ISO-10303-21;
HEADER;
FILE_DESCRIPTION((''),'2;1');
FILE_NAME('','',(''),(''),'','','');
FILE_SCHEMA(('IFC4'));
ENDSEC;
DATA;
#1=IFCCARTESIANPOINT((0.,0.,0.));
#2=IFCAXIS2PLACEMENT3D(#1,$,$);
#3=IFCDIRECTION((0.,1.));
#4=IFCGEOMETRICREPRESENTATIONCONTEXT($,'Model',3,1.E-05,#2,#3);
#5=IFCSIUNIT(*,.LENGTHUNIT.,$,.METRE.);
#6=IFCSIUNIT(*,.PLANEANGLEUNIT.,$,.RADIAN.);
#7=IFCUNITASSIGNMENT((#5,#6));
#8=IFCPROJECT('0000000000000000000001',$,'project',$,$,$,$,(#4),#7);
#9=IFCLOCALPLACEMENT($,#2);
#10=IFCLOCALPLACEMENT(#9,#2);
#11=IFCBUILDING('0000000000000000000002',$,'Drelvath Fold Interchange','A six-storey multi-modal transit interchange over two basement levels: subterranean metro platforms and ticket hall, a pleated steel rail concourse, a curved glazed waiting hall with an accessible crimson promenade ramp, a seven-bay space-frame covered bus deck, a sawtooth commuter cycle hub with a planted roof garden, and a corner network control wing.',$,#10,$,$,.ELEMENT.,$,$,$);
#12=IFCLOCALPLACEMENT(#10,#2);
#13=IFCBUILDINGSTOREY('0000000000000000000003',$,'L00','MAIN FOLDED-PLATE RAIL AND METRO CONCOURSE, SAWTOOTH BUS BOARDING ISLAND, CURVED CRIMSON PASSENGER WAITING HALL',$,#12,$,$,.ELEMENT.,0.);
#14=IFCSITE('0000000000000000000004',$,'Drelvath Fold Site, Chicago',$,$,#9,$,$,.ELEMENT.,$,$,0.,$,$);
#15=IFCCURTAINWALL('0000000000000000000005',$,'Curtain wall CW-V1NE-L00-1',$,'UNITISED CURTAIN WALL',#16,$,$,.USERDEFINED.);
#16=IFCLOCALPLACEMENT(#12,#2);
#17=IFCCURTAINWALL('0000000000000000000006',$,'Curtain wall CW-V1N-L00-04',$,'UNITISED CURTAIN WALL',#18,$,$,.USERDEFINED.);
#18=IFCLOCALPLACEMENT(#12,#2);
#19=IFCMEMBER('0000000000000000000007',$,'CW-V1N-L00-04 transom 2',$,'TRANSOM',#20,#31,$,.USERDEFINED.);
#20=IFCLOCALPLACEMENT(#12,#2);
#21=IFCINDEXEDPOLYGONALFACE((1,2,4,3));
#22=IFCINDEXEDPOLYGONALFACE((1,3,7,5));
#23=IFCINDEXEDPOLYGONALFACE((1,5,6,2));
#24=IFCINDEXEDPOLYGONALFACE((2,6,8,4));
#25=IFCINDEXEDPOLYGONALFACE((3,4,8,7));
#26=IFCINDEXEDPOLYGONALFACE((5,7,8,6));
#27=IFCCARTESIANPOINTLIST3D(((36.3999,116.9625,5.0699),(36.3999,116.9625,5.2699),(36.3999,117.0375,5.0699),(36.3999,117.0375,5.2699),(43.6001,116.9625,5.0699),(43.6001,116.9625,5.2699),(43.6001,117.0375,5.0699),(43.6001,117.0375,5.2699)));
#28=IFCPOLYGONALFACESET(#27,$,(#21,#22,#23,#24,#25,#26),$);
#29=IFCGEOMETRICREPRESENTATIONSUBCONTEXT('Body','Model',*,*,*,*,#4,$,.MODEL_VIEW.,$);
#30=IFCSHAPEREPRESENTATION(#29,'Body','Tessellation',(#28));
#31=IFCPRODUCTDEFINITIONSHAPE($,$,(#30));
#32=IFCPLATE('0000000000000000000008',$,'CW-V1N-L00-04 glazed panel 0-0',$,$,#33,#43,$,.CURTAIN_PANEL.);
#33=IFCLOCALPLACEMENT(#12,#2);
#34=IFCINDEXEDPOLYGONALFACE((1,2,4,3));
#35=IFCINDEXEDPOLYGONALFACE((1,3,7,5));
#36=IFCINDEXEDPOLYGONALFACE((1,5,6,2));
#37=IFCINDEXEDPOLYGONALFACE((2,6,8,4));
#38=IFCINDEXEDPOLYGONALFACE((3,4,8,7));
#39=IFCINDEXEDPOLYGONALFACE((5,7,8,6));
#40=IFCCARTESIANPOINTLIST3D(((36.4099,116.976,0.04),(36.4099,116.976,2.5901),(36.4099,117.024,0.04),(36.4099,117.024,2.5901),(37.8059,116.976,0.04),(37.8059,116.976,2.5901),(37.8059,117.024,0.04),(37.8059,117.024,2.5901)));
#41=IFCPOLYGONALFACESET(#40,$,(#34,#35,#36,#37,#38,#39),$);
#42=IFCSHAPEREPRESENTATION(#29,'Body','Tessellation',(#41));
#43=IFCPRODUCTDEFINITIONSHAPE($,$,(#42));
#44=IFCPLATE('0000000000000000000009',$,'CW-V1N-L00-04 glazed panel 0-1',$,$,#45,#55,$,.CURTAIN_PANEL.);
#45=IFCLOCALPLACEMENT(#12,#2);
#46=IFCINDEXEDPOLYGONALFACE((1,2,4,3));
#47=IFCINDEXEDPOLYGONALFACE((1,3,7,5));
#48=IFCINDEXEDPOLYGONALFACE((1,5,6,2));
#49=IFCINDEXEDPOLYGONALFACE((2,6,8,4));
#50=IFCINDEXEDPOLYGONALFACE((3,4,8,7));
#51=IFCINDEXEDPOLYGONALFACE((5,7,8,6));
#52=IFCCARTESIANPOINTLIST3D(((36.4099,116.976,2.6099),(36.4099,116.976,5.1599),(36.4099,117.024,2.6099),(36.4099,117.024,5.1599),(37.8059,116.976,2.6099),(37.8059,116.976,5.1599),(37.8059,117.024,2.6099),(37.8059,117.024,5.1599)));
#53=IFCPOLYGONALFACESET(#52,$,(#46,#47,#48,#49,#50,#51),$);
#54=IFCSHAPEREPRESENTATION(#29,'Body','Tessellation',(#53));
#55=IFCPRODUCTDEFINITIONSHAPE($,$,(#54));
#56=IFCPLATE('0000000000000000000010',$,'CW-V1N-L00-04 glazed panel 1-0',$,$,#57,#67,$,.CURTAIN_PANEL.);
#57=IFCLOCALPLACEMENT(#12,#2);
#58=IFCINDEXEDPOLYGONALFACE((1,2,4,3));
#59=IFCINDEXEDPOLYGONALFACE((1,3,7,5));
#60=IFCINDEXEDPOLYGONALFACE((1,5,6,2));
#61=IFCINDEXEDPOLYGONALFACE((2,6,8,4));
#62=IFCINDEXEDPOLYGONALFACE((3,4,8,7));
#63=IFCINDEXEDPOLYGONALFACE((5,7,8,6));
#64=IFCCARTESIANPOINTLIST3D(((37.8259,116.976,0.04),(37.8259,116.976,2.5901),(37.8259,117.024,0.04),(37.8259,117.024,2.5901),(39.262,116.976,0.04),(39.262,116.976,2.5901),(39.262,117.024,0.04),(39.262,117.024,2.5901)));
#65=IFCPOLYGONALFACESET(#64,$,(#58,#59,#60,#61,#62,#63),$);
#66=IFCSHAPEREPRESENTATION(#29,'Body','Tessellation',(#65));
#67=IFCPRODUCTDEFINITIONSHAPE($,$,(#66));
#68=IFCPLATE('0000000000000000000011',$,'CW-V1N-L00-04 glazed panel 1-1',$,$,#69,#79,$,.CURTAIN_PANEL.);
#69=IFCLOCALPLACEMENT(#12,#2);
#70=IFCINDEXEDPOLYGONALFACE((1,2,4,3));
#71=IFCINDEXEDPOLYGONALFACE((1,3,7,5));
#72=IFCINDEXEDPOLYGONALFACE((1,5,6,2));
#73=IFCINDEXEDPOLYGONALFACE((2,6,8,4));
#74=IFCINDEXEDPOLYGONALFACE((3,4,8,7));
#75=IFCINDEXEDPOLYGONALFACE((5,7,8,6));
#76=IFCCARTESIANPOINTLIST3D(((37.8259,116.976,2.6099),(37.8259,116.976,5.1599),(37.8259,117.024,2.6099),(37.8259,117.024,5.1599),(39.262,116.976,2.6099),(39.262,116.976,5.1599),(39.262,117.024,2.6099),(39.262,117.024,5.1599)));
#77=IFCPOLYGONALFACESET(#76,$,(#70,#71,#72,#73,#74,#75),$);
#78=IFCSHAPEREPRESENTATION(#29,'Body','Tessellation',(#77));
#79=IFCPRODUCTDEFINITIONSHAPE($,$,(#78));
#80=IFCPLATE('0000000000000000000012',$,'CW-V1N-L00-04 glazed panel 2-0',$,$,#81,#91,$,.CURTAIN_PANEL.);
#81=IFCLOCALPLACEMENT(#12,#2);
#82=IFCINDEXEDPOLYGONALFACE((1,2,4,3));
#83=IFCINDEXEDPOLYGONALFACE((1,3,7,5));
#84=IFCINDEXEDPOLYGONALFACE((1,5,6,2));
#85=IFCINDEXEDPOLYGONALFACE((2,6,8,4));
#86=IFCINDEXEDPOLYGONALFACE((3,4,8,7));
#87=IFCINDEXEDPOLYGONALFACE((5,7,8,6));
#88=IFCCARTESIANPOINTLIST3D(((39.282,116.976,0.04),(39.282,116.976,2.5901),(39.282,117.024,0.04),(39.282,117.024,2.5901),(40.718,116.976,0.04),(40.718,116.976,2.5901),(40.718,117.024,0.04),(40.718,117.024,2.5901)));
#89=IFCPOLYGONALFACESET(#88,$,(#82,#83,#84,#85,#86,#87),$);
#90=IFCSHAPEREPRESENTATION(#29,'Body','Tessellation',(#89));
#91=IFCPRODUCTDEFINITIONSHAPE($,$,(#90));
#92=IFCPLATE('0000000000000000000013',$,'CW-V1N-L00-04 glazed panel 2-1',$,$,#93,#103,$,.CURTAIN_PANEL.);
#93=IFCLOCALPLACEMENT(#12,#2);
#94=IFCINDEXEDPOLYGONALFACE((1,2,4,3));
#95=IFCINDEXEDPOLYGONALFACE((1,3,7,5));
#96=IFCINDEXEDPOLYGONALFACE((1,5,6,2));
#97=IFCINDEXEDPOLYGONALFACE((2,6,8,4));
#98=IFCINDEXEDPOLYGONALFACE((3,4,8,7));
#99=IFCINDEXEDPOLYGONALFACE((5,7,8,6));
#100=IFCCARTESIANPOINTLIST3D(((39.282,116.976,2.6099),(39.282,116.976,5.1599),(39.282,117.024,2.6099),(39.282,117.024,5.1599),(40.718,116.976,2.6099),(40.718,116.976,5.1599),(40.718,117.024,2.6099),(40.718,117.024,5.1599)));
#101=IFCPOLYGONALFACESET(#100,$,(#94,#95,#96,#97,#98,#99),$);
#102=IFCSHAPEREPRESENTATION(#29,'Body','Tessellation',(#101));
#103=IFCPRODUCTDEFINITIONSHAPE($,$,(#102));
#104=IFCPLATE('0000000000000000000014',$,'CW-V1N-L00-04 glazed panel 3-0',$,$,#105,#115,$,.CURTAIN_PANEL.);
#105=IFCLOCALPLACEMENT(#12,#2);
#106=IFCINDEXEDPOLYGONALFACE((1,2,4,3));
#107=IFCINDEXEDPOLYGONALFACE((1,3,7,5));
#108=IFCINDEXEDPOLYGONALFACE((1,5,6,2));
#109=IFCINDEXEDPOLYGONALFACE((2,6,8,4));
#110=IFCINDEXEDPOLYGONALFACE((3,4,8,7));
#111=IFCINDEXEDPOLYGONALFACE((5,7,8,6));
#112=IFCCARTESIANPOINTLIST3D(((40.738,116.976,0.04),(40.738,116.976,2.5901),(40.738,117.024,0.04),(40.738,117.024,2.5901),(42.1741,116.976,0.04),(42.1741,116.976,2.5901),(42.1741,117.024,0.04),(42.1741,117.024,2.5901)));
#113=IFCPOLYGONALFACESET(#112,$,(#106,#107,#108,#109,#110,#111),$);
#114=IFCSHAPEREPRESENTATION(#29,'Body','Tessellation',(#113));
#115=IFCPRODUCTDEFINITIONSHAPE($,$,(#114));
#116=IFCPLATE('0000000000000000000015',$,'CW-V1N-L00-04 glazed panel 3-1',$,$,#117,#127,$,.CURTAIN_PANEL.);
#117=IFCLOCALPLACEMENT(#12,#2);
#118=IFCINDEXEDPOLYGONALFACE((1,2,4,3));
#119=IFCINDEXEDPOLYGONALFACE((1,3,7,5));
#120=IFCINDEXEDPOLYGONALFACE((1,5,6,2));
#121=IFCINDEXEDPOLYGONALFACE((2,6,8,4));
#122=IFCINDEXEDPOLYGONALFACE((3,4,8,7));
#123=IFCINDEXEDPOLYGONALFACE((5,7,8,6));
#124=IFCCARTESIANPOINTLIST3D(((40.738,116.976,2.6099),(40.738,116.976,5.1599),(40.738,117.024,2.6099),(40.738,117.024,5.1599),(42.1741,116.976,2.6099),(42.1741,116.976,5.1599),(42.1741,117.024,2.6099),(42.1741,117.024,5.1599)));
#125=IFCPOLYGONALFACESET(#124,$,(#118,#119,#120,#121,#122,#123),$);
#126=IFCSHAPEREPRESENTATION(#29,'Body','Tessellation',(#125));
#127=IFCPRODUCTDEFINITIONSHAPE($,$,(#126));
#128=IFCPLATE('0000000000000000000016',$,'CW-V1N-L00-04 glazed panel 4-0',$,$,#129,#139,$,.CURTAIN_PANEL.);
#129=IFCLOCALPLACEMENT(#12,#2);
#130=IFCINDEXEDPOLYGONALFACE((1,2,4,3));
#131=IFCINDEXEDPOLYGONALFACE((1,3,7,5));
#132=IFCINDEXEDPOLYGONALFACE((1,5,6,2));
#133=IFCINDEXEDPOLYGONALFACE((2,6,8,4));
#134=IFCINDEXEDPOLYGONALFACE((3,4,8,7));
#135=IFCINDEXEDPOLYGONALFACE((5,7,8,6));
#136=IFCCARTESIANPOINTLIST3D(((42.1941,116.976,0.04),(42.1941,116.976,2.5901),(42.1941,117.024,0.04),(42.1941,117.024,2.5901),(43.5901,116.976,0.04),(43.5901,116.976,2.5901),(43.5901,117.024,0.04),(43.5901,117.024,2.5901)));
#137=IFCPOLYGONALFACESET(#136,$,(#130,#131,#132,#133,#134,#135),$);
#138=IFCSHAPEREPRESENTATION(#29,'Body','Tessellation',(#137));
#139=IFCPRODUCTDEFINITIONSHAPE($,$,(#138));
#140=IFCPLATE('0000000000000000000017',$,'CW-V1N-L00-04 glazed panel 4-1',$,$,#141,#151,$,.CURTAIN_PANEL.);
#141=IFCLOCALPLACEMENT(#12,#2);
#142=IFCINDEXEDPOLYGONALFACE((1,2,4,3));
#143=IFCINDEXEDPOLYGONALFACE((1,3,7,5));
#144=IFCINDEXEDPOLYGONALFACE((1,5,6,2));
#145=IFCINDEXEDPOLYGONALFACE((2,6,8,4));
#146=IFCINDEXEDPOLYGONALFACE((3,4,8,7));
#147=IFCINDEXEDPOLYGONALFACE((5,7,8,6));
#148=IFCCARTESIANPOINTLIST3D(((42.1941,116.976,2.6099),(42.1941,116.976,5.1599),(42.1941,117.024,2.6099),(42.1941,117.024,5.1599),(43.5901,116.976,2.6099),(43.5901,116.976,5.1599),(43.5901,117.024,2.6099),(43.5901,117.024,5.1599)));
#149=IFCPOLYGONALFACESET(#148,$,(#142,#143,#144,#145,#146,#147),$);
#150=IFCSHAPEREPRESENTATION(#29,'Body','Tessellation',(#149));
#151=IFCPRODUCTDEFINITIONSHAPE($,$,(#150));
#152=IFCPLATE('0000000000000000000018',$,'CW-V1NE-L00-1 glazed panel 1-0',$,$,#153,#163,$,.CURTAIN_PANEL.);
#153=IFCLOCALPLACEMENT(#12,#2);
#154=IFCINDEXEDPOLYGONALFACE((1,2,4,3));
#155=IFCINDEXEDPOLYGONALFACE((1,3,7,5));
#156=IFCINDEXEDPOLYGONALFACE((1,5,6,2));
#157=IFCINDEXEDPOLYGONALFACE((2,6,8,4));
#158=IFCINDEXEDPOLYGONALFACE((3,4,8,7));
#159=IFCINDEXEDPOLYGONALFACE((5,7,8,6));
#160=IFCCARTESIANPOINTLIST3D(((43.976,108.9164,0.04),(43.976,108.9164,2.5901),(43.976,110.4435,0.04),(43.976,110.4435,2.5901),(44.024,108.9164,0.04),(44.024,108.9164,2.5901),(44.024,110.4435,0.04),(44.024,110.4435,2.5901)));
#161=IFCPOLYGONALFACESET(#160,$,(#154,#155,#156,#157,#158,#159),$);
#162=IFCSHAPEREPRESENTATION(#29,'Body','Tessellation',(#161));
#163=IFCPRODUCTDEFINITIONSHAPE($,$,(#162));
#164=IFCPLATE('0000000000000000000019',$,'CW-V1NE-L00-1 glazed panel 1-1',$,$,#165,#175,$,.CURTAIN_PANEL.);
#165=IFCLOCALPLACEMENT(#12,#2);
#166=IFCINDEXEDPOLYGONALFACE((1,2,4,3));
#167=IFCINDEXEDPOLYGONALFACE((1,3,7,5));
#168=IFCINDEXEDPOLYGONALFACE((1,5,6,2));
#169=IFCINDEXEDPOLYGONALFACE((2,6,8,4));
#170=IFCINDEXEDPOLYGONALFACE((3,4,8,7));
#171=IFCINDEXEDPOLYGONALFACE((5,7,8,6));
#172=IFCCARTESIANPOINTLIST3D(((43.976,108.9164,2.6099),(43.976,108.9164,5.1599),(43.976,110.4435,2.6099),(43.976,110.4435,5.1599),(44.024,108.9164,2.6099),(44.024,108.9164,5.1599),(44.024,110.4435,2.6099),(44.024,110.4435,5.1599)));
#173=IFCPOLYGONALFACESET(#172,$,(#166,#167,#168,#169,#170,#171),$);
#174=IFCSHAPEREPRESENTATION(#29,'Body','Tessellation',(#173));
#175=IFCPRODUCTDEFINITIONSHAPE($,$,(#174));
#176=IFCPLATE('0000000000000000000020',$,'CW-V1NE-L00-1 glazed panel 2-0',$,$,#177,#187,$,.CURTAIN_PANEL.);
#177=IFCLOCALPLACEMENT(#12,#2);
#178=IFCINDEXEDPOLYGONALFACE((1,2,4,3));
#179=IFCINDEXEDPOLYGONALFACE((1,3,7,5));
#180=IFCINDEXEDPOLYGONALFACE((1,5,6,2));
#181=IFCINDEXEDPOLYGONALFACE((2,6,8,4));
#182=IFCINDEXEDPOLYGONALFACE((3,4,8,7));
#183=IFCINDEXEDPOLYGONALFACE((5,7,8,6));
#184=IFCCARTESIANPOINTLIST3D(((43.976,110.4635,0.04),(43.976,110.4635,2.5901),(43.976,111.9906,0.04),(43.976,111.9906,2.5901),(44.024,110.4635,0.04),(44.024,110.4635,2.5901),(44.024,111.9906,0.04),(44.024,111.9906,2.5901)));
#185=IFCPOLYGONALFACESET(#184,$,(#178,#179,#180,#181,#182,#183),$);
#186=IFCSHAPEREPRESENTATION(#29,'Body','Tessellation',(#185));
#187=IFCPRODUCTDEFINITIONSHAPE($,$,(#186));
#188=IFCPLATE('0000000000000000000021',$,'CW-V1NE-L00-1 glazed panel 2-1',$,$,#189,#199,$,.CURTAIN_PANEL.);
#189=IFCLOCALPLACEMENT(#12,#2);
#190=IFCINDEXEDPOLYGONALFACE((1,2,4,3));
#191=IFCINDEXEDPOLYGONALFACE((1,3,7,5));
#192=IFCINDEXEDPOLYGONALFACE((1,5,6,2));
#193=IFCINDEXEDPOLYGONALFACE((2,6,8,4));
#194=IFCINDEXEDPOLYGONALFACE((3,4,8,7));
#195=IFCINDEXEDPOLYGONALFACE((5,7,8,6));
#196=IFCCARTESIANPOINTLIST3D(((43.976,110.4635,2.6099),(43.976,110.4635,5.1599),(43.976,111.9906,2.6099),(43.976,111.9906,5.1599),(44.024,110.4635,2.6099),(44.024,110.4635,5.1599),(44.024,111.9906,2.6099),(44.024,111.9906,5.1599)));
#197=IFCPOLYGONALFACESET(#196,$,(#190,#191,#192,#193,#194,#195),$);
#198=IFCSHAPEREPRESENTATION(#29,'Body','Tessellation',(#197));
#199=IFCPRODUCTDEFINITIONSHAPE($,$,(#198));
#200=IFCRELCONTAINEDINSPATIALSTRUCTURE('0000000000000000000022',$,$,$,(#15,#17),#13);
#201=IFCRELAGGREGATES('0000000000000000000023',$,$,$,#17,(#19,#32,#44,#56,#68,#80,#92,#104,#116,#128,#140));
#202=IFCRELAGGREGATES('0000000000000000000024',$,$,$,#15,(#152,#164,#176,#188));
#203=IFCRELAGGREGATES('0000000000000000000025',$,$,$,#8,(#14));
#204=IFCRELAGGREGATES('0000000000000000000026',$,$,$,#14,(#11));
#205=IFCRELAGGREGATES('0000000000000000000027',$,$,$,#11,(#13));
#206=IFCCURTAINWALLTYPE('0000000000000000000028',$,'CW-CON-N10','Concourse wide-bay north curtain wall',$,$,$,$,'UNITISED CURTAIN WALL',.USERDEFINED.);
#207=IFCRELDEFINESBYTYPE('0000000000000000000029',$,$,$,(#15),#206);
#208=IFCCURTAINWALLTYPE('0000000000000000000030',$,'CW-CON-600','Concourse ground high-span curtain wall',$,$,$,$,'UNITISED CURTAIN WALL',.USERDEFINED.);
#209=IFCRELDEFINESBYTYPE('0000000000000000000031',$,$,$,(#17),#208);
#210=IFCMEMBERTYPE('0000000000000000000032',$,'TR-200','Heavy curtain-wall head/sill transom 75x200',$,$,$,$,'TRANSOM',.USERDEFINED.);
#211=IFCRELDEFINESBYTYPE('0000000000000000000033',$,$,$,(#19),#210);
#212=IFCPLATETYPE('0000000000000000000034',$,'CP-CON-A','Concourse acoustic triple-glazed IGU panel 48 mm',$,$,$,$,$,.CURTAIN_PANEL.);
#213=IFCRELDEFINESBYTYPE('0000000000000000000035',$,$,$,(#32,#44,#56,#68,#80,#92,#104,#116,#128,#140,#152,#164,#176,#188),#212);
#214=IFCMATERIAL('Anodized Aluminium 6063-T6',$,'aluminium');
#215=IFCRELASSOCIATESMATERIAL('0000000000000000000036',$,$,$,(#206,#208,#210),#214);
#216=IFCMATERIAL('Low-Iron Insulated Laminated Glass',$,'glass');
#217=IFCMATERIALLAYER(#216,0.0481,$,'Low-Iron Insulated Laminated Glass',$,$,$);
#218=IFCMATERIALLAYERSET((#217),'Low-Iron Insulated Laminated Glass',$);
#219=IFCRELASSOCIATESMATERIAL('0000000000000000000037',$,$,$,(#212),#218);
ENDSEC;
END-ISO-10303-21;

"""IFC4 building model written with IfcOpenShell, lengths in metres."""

from ifc_helpers import new_model, si_unit, direction, frame, origin, origin_2d, place, context, subcontext, project, spatial, rectangle, extrude, material, layer, layer_set, material_profile, profile_set, type_object, element, aggregate, save


model = new_model("IFC4")

# Units and contexts
model_context = context("Model", 3, precision=1e-05, world=origin(), true_north=direction((0.0, 1.0)))
body_context = subcontext(model_context, "Body", "Model", "MODEL_VIEW")
ifc_project = project(units=[si_unit("LENGTHUNIT", "METRE"), si_unit("PLANEANGLEUNIT", "RADIAN")], contexts=[model_context])

# Site, building, storey
site_placement = place(None, origin())
site = spatial("IfcSite", under=ifc_project, at=site_placement, Name="Drelvath Fold Site, Chicago", CompositionType="ELEMENT", RefElevation=0.0)
building_placement = place(site_placement, origin())
building = spatial("IfcBuilding", under=site, at=building_placement, Name="Drelvath Fold Interchange", Description="A six-storey multi-modal transit interchange over two basement levels: subterranean metro platforms and ticket hall, a pleated steel rail concourse, a curved glazed waiting hall with an accessible crimson promenade ramp, a seven-bay space-frame covered bus deck, a sawtooth commuter cycle hub with a planted roof garden, and a corner network control wing.", CompositionType="ELEMENT")
storey_placement = place(building_placement, origin())
storey = spatial("IfcBuildingStorey", under=building, at=storey_placement, Name="L00", Description="MAIN FOLDED-PLATE RAIL AND METRO CONCOURSE, SAWTOOTH BUS BOARDING ISLAND, CURVED CRIMSON PASSENGER WAITING HALL", CompositionType="ELEMENT", Elevation=0.0)

# Curtain wall
ifc_material_1 = material(Name="Anodized Aluminium 6063-T6", Category="aluminium")
curtain_wall_type_1 = type_object("IfcCurtainWallType", Name="CW-CON-N10", Description="Concourse wide-bay north curtain wall", ElementType="UNITISED CURTAIN WALL", PredefinedType="USERDEFINED", material=ifc_material_1)
curtain_wall_1_placement = place(storey_placement, origin())
curtain_wall_1 = element("IfcCurtainWall", 1, at=curtain_wall_1_placement, inside=storey, type_object=curtain_wall_type_1, Name="Curtain wall CW-V1NE-L00-1", ObjectType="UNITISED CURTAIN WALL", PredefinedType="USERDEFINED")

# Curtain wall, member, plates
curtain_wall_type_2 = type_object("IfcCurtainWallType", Name="CW-CON-600", Description="Concourse ground high-span curtain wall", ElementType="UNITISED CURTAIN WALL", PredefinedType="USERDEFINED", material=ifc_material_1)
curtain_wall_2_placement = place(storey_placement, origin())
curtain_wall_2 = element("IfcCurtainWall", 2, at=curtain_wall_2_placement, inside=storey, type_object=curtain_wall_type_2, Name="Curtain wall CW-V1N-L00-04", ObjectType="UNITISED CURTAIN WALL", PredefinedType="USERDEFINED")
ifc_material_profile_1 = material_profile(ifc_material_1, rectangle(XDim=0.075, YDim=0.2, at=origin_2d()), Name="AL-T 75x200")
ifc_profile_set_1 = profile_set([ifc_material_profile_1], Name="Anodized Aluminium 6063-T6")
member_type_1 = type_object("IfcMemberType", Name="TR-200", Description="Heavy curtain-wall head/sill transom 75x200", ElementType="TRANSOM", PredefinedType="USERDEFINED", material=ifc_profile_set_1)
member_1_placement = place(storey_placement, frame((36.3999, 117.0, 5.1699), z_axis=(1.0, 0.0, 0.0), x_axis=(0.0, 1.0, 0.0)))
member_1 = element("IfcMember", 3, at=member_1_placement, type_object=member_type_1, Name="CW-V1N-L00-04 transom 2", ObjectType="TRANSOM", PredefinedType="USERDEFINED", context=body_context, shape_type="SweptSolid", body=[
    extrude(rectangle(XDim=0.075, YDim=0.2, at=origin_2d()), origin(), (0.0, 0.0, 1.0), 7.2002),
])
ifc_material_2 = material(Name="Low-Iron Insulated Laminated Glass", Category="glass")
ifc_layer = layer(ifc_material_2, 0.0481, Name="Low-Iron Insulated Laminated Glass")
ifc_layer_set = layer_set([ifc_layer], Name="Low-Iron Insulated Laminated Glass")
plate_type = type_object("IfcPlateType", Name="CP-CON-A", Description="Concourse acoustic triple-glazed IGU panel 48 mm", PredefinedType="CURTAIN_PANEL", material=ifc_layer_set)
plate_1_placement = place(storey_placement, frame((37.1079, 117.0, 0.04), z_axis=(0.0, 0.0, 1.0), x_axis=(1.0, 0.0, 0.0)))
plate_1 = element("IfcPlate", 4, at=plate_1_placement, type_object=plate_type, Name="CW-V1N-L00-04 glazed panel 0-0", PredefinedType="CURTAIN_PANEL", context=body_context, shape_type="SweptSolid", body=[
    extrude(rectangle(XDim=1.396, YDim=0.0481, at=origin_2d()), origin(), (0.0, 0.0, 1.0), 2.55),
])
plate_2_placement = place(storey_placement, frame((37.1079, 117.0, 2.6099), z_axis=(0.0, 0.0, 1.0), x_axis=(1.0, 0.0, 0.0)))
plate_2 = element("IfcPlate", 5, at=plate_2_placement, type_object=plate_type, Name="CW-V1N-L00-04 glazed panel 0-1", PredefinedType="CURTAIN_PANEL", context=body_context, shape_type="SweptSolid", body=[
    extrude(rectangle(XDim=1.396, YDim=0.0481, at=origin_2d()), origin(), (0.0, 0.0, 1.0), 2.55),
])
plate_3_placement = place(storey_placement, frame((38.5439, 117.0, 0.04), z_axis=(0.0, 0.0, 1.0), x_axis=(1.0, 0.0, 0.0)))
plate_3 = element("IfcPlate", 6, at=plate_3_placement, type_object=plate_type, Name="CW-V1N-L00-04 glazed panel 1-0", PredefinedType="CURTAIN_PANEL", context=body_context, shape_type="SweptSolid", body=[
    extrude(rectangle(XDim=1.436, YDim=0.0481, at=origin_2d()), origin(), (0.0, 0.0, 1.0), 2.55),
])
plate_4_placement = place(storey_placement, frame((38.5439, 117.0, 2.6099), z_axis=(0.0, 0.0, 1.0), x_axis=(1.0, 0.0, 0.0)))
plate_4 = element("IfcPlate", 7, at=plate_4_placement, type_object=plate_type, Name="CW-V1N-L00-04 glazed panel 1-1", PredefinedType="CURTAIN_PANEL", context=body_context, shape_type="SweptSolid", body=[
    extrude(rectangle(XDim=1.436, YDim=0.0481, at=origin_2d()), origin(), (0.0, 0.0, 1.0), 2.55),
])
plate_5_placement = place(storey_placement, frame((40.0, 117.0, 0.04), z_axis=(0.0, 0.0, 1.0), x_axis=(1.0, 0.0, 0.0)))
plate_5 = element("IfcPlate", 8, at=plate_5_placement, type_object=plate_type, Name="CW-V1N-L00-04 glazed panel 2-0", PredefinedType="CURTAIN_PANEL", context=body_context, shape_type="SweptSolid", body=[
    extrude(rectangle(XDim=1.436, YDim=0.0481, at=origin_2d()), origin(), (0.0, 0.0, 1.0), 2.55),
])
plate_6_placement = place(storey_placement, frame((40.0, 117.0, 2.6099), z_axis=(0.0, 0.0, 1.0), x_axis=(1.0, 0.0, 0.0)))
plate_6 = element("IfcPlate", 9, at=plate_6_placement, type_object=plate_type, Name="CW-V1N-L00-04 glazed panel 2-1", PredefinedType="CURTAIN_PANEL", context=body_context, shape_type="SweptSolid", body=[
    extrude(rectangle(XDim=1.436, YDim=0.0481, at=origin_2d()), origin(), (0.0, 0.0, 1.0), 2.55),
])
plate_7_placement = place(storey_placement, frame((41.4561, 117.0, 0.04), z_axis=(0.0, 0.0, 1.0), x_axis=(1.0, 0.0, 0.0)))
plate_7 = element("IfcPlate", 10, at=plate_7_placement, type_object=plate_type, Name="CW-V1N-L00-04 glazed panel 3-0", PredefinedType="CURTAIN_PANEL", context=body_context, shape_type="SweptSolid", body=[
    extrude(rectangle(XDim=1.436, YDim=0.0481, at=origin_2d()), origin(), (0.0, 0.0, 1.0), 2.55),
])
plate_8_placement = place(storey_placement, frame((41.4561, 117.0, 2.6099), z_axis=(0.0, 0.0, 1.0), x_axis=(1.0, 0.0, 0.0)))
plate_8 = element("IfcPlate", 11, at=plate_8_placement, type_object=plate_type, Name="CW-V1N-L00-04 glazed panel 3-1", PredefinedType="CURTAIN_PANEL", context=body_context, shape_type="SweptSolid", body=[
    extrude(rectangle(XDim=1.436, YDim=0.0481, at=origin_2d()), origin(), (0.0, 0.0, 1.0), 2.55),
])
plate_9_placement = place(storey_placement, frame((42.8921, 117.0, 0.04), z_axis=(0.0, 0.0, 1.0), x_axis=(1.0, 0.0, 0.0)))
plate_9 = element("IfcPlate", 12, at=plate_9_placement, type_object=plate_type, Name="CW-V1N-L00-04 glazed panel 4-0", PredefinedType="CURTAIN_PANEL", context=body_context, shape_type="SweptSolid", body=[
    extrude(rectangle(XDim=1.396, YDim=0.0481, at=origin_2d()), origin(), (0.0, 0.0, 1.0), 2.55),
])
plate_10_placement = place(storey_placement, frame((42.8921, 117.0, 2.6099), z_axis=(0.0, 0.0, 1.0), x_axis=(1.0, 0.0, 0.0)))
plate_10 = element("IfcPlate", 13, at=plate_10_placement, type_object=plate_type, Name="CW-V1N-L00-04 glazed panel 4-1", PredefinedType="CURTAIN_PANEL", context=body_context, shape_type="SweptSolid", body=[
    extrude(rectangle(XDim=1.396, YDim=0.0481, at=origin_2d()), origin(), (0.0, 0.0, 1.0), 2.55),
])
aggregate(curtain_wall_2, [member_1, plate_1, plate_2, plate_3, plate_4, plate_5, plate_6, plate_7, plate_8, plate_9, plate_10])

# Plates
plate_11_placement = place(storey_placement, frame((44.0, 109.6799, 0.04), z_axis=(0.0, 0.0, 1.0), x_axis=(0.0, 1.0, 0.0)))
plate_11 = element("IfcPlate", 14, at=plate_11_placement, type_object=plate_type, Name="CW-V1NE-L00-1 glazed panel 1-0", PredefinedType="CURTAIN_PANEL", context=body_context, shape_type="SweptSolid", body=[
    extrude(rectangle(XDim=1.5271, YDim=0.0481, at=origin_2d()), origin(), (0.0, 0.0, 1.0), 2.55),
])
plate_12_placement = place(storey_placement, frame((44.0, 109.6799, 2.6099), z_axis=(0.0, 0.0, 1.0), x_axis=(0.0, 1.0, 0.0)))
plate_12 = element("IfcPlate", 15, at=plate_12_placement, type_object=plate_type, Name="CW-V1NE-L00-1 glazed panel 1-1", PredefinedType="CURTAIN_PANEL", context=body_context, shape_type="SweptSolid", body=[
    extrude(rectangle(XDim=1.5271, YDim=0.0481, at=origin_2d()), origin(), (0.0, 0.0, 1.0), 2.55),
])
plate_13_placement = place(storey_placement, frame((44.0, 111.2271, 0.04), z_axis=(0.0, 0.0, 1.0), x_axis=(0.0, 1.0, 0.0)))
plate_13 = element("IfcPlate", 16, at=plate_13_placement, type_object=plate_type, Name="CW-V1NE-L00-1 glazed panel 2-0", PredefinedType="CURTAIN_PANEL", context=body_context, shape_type="SweptSolid", body=[
    extrude(rectangle(XDim=1.5271, YDim=0.0481, at=origin_2d()), origin(), (0.0, 0.0, 1.0), 2.55),
])
plate_14_placement = place(storey_placement, frame((44.0, 111.2271, 2.6099), z_axis=(0.0, 0.0, 1.0), x_axis=(0.0, 1.0, 0.0)))
plate_14 = element("IfcPlate", 17, at=plate_14_placement, type_object=plate_type, Name="CW-V1NE-L00-1 glazed panel 2-1", PredefinedType="CURTAIN_PANEL", context=body_context, shape_type="SweptSolid", body=[
    extrude(rectangle(XDim=1.5271, YDim=0.0481, at=origin_2d()), origin(), (0.0, 0.0, 1.0), 2.55),
])
aggregate(curtain_wall_1, [plate_11, plate_12, plate_13, plate_14])

save(model, "model.ifc")
